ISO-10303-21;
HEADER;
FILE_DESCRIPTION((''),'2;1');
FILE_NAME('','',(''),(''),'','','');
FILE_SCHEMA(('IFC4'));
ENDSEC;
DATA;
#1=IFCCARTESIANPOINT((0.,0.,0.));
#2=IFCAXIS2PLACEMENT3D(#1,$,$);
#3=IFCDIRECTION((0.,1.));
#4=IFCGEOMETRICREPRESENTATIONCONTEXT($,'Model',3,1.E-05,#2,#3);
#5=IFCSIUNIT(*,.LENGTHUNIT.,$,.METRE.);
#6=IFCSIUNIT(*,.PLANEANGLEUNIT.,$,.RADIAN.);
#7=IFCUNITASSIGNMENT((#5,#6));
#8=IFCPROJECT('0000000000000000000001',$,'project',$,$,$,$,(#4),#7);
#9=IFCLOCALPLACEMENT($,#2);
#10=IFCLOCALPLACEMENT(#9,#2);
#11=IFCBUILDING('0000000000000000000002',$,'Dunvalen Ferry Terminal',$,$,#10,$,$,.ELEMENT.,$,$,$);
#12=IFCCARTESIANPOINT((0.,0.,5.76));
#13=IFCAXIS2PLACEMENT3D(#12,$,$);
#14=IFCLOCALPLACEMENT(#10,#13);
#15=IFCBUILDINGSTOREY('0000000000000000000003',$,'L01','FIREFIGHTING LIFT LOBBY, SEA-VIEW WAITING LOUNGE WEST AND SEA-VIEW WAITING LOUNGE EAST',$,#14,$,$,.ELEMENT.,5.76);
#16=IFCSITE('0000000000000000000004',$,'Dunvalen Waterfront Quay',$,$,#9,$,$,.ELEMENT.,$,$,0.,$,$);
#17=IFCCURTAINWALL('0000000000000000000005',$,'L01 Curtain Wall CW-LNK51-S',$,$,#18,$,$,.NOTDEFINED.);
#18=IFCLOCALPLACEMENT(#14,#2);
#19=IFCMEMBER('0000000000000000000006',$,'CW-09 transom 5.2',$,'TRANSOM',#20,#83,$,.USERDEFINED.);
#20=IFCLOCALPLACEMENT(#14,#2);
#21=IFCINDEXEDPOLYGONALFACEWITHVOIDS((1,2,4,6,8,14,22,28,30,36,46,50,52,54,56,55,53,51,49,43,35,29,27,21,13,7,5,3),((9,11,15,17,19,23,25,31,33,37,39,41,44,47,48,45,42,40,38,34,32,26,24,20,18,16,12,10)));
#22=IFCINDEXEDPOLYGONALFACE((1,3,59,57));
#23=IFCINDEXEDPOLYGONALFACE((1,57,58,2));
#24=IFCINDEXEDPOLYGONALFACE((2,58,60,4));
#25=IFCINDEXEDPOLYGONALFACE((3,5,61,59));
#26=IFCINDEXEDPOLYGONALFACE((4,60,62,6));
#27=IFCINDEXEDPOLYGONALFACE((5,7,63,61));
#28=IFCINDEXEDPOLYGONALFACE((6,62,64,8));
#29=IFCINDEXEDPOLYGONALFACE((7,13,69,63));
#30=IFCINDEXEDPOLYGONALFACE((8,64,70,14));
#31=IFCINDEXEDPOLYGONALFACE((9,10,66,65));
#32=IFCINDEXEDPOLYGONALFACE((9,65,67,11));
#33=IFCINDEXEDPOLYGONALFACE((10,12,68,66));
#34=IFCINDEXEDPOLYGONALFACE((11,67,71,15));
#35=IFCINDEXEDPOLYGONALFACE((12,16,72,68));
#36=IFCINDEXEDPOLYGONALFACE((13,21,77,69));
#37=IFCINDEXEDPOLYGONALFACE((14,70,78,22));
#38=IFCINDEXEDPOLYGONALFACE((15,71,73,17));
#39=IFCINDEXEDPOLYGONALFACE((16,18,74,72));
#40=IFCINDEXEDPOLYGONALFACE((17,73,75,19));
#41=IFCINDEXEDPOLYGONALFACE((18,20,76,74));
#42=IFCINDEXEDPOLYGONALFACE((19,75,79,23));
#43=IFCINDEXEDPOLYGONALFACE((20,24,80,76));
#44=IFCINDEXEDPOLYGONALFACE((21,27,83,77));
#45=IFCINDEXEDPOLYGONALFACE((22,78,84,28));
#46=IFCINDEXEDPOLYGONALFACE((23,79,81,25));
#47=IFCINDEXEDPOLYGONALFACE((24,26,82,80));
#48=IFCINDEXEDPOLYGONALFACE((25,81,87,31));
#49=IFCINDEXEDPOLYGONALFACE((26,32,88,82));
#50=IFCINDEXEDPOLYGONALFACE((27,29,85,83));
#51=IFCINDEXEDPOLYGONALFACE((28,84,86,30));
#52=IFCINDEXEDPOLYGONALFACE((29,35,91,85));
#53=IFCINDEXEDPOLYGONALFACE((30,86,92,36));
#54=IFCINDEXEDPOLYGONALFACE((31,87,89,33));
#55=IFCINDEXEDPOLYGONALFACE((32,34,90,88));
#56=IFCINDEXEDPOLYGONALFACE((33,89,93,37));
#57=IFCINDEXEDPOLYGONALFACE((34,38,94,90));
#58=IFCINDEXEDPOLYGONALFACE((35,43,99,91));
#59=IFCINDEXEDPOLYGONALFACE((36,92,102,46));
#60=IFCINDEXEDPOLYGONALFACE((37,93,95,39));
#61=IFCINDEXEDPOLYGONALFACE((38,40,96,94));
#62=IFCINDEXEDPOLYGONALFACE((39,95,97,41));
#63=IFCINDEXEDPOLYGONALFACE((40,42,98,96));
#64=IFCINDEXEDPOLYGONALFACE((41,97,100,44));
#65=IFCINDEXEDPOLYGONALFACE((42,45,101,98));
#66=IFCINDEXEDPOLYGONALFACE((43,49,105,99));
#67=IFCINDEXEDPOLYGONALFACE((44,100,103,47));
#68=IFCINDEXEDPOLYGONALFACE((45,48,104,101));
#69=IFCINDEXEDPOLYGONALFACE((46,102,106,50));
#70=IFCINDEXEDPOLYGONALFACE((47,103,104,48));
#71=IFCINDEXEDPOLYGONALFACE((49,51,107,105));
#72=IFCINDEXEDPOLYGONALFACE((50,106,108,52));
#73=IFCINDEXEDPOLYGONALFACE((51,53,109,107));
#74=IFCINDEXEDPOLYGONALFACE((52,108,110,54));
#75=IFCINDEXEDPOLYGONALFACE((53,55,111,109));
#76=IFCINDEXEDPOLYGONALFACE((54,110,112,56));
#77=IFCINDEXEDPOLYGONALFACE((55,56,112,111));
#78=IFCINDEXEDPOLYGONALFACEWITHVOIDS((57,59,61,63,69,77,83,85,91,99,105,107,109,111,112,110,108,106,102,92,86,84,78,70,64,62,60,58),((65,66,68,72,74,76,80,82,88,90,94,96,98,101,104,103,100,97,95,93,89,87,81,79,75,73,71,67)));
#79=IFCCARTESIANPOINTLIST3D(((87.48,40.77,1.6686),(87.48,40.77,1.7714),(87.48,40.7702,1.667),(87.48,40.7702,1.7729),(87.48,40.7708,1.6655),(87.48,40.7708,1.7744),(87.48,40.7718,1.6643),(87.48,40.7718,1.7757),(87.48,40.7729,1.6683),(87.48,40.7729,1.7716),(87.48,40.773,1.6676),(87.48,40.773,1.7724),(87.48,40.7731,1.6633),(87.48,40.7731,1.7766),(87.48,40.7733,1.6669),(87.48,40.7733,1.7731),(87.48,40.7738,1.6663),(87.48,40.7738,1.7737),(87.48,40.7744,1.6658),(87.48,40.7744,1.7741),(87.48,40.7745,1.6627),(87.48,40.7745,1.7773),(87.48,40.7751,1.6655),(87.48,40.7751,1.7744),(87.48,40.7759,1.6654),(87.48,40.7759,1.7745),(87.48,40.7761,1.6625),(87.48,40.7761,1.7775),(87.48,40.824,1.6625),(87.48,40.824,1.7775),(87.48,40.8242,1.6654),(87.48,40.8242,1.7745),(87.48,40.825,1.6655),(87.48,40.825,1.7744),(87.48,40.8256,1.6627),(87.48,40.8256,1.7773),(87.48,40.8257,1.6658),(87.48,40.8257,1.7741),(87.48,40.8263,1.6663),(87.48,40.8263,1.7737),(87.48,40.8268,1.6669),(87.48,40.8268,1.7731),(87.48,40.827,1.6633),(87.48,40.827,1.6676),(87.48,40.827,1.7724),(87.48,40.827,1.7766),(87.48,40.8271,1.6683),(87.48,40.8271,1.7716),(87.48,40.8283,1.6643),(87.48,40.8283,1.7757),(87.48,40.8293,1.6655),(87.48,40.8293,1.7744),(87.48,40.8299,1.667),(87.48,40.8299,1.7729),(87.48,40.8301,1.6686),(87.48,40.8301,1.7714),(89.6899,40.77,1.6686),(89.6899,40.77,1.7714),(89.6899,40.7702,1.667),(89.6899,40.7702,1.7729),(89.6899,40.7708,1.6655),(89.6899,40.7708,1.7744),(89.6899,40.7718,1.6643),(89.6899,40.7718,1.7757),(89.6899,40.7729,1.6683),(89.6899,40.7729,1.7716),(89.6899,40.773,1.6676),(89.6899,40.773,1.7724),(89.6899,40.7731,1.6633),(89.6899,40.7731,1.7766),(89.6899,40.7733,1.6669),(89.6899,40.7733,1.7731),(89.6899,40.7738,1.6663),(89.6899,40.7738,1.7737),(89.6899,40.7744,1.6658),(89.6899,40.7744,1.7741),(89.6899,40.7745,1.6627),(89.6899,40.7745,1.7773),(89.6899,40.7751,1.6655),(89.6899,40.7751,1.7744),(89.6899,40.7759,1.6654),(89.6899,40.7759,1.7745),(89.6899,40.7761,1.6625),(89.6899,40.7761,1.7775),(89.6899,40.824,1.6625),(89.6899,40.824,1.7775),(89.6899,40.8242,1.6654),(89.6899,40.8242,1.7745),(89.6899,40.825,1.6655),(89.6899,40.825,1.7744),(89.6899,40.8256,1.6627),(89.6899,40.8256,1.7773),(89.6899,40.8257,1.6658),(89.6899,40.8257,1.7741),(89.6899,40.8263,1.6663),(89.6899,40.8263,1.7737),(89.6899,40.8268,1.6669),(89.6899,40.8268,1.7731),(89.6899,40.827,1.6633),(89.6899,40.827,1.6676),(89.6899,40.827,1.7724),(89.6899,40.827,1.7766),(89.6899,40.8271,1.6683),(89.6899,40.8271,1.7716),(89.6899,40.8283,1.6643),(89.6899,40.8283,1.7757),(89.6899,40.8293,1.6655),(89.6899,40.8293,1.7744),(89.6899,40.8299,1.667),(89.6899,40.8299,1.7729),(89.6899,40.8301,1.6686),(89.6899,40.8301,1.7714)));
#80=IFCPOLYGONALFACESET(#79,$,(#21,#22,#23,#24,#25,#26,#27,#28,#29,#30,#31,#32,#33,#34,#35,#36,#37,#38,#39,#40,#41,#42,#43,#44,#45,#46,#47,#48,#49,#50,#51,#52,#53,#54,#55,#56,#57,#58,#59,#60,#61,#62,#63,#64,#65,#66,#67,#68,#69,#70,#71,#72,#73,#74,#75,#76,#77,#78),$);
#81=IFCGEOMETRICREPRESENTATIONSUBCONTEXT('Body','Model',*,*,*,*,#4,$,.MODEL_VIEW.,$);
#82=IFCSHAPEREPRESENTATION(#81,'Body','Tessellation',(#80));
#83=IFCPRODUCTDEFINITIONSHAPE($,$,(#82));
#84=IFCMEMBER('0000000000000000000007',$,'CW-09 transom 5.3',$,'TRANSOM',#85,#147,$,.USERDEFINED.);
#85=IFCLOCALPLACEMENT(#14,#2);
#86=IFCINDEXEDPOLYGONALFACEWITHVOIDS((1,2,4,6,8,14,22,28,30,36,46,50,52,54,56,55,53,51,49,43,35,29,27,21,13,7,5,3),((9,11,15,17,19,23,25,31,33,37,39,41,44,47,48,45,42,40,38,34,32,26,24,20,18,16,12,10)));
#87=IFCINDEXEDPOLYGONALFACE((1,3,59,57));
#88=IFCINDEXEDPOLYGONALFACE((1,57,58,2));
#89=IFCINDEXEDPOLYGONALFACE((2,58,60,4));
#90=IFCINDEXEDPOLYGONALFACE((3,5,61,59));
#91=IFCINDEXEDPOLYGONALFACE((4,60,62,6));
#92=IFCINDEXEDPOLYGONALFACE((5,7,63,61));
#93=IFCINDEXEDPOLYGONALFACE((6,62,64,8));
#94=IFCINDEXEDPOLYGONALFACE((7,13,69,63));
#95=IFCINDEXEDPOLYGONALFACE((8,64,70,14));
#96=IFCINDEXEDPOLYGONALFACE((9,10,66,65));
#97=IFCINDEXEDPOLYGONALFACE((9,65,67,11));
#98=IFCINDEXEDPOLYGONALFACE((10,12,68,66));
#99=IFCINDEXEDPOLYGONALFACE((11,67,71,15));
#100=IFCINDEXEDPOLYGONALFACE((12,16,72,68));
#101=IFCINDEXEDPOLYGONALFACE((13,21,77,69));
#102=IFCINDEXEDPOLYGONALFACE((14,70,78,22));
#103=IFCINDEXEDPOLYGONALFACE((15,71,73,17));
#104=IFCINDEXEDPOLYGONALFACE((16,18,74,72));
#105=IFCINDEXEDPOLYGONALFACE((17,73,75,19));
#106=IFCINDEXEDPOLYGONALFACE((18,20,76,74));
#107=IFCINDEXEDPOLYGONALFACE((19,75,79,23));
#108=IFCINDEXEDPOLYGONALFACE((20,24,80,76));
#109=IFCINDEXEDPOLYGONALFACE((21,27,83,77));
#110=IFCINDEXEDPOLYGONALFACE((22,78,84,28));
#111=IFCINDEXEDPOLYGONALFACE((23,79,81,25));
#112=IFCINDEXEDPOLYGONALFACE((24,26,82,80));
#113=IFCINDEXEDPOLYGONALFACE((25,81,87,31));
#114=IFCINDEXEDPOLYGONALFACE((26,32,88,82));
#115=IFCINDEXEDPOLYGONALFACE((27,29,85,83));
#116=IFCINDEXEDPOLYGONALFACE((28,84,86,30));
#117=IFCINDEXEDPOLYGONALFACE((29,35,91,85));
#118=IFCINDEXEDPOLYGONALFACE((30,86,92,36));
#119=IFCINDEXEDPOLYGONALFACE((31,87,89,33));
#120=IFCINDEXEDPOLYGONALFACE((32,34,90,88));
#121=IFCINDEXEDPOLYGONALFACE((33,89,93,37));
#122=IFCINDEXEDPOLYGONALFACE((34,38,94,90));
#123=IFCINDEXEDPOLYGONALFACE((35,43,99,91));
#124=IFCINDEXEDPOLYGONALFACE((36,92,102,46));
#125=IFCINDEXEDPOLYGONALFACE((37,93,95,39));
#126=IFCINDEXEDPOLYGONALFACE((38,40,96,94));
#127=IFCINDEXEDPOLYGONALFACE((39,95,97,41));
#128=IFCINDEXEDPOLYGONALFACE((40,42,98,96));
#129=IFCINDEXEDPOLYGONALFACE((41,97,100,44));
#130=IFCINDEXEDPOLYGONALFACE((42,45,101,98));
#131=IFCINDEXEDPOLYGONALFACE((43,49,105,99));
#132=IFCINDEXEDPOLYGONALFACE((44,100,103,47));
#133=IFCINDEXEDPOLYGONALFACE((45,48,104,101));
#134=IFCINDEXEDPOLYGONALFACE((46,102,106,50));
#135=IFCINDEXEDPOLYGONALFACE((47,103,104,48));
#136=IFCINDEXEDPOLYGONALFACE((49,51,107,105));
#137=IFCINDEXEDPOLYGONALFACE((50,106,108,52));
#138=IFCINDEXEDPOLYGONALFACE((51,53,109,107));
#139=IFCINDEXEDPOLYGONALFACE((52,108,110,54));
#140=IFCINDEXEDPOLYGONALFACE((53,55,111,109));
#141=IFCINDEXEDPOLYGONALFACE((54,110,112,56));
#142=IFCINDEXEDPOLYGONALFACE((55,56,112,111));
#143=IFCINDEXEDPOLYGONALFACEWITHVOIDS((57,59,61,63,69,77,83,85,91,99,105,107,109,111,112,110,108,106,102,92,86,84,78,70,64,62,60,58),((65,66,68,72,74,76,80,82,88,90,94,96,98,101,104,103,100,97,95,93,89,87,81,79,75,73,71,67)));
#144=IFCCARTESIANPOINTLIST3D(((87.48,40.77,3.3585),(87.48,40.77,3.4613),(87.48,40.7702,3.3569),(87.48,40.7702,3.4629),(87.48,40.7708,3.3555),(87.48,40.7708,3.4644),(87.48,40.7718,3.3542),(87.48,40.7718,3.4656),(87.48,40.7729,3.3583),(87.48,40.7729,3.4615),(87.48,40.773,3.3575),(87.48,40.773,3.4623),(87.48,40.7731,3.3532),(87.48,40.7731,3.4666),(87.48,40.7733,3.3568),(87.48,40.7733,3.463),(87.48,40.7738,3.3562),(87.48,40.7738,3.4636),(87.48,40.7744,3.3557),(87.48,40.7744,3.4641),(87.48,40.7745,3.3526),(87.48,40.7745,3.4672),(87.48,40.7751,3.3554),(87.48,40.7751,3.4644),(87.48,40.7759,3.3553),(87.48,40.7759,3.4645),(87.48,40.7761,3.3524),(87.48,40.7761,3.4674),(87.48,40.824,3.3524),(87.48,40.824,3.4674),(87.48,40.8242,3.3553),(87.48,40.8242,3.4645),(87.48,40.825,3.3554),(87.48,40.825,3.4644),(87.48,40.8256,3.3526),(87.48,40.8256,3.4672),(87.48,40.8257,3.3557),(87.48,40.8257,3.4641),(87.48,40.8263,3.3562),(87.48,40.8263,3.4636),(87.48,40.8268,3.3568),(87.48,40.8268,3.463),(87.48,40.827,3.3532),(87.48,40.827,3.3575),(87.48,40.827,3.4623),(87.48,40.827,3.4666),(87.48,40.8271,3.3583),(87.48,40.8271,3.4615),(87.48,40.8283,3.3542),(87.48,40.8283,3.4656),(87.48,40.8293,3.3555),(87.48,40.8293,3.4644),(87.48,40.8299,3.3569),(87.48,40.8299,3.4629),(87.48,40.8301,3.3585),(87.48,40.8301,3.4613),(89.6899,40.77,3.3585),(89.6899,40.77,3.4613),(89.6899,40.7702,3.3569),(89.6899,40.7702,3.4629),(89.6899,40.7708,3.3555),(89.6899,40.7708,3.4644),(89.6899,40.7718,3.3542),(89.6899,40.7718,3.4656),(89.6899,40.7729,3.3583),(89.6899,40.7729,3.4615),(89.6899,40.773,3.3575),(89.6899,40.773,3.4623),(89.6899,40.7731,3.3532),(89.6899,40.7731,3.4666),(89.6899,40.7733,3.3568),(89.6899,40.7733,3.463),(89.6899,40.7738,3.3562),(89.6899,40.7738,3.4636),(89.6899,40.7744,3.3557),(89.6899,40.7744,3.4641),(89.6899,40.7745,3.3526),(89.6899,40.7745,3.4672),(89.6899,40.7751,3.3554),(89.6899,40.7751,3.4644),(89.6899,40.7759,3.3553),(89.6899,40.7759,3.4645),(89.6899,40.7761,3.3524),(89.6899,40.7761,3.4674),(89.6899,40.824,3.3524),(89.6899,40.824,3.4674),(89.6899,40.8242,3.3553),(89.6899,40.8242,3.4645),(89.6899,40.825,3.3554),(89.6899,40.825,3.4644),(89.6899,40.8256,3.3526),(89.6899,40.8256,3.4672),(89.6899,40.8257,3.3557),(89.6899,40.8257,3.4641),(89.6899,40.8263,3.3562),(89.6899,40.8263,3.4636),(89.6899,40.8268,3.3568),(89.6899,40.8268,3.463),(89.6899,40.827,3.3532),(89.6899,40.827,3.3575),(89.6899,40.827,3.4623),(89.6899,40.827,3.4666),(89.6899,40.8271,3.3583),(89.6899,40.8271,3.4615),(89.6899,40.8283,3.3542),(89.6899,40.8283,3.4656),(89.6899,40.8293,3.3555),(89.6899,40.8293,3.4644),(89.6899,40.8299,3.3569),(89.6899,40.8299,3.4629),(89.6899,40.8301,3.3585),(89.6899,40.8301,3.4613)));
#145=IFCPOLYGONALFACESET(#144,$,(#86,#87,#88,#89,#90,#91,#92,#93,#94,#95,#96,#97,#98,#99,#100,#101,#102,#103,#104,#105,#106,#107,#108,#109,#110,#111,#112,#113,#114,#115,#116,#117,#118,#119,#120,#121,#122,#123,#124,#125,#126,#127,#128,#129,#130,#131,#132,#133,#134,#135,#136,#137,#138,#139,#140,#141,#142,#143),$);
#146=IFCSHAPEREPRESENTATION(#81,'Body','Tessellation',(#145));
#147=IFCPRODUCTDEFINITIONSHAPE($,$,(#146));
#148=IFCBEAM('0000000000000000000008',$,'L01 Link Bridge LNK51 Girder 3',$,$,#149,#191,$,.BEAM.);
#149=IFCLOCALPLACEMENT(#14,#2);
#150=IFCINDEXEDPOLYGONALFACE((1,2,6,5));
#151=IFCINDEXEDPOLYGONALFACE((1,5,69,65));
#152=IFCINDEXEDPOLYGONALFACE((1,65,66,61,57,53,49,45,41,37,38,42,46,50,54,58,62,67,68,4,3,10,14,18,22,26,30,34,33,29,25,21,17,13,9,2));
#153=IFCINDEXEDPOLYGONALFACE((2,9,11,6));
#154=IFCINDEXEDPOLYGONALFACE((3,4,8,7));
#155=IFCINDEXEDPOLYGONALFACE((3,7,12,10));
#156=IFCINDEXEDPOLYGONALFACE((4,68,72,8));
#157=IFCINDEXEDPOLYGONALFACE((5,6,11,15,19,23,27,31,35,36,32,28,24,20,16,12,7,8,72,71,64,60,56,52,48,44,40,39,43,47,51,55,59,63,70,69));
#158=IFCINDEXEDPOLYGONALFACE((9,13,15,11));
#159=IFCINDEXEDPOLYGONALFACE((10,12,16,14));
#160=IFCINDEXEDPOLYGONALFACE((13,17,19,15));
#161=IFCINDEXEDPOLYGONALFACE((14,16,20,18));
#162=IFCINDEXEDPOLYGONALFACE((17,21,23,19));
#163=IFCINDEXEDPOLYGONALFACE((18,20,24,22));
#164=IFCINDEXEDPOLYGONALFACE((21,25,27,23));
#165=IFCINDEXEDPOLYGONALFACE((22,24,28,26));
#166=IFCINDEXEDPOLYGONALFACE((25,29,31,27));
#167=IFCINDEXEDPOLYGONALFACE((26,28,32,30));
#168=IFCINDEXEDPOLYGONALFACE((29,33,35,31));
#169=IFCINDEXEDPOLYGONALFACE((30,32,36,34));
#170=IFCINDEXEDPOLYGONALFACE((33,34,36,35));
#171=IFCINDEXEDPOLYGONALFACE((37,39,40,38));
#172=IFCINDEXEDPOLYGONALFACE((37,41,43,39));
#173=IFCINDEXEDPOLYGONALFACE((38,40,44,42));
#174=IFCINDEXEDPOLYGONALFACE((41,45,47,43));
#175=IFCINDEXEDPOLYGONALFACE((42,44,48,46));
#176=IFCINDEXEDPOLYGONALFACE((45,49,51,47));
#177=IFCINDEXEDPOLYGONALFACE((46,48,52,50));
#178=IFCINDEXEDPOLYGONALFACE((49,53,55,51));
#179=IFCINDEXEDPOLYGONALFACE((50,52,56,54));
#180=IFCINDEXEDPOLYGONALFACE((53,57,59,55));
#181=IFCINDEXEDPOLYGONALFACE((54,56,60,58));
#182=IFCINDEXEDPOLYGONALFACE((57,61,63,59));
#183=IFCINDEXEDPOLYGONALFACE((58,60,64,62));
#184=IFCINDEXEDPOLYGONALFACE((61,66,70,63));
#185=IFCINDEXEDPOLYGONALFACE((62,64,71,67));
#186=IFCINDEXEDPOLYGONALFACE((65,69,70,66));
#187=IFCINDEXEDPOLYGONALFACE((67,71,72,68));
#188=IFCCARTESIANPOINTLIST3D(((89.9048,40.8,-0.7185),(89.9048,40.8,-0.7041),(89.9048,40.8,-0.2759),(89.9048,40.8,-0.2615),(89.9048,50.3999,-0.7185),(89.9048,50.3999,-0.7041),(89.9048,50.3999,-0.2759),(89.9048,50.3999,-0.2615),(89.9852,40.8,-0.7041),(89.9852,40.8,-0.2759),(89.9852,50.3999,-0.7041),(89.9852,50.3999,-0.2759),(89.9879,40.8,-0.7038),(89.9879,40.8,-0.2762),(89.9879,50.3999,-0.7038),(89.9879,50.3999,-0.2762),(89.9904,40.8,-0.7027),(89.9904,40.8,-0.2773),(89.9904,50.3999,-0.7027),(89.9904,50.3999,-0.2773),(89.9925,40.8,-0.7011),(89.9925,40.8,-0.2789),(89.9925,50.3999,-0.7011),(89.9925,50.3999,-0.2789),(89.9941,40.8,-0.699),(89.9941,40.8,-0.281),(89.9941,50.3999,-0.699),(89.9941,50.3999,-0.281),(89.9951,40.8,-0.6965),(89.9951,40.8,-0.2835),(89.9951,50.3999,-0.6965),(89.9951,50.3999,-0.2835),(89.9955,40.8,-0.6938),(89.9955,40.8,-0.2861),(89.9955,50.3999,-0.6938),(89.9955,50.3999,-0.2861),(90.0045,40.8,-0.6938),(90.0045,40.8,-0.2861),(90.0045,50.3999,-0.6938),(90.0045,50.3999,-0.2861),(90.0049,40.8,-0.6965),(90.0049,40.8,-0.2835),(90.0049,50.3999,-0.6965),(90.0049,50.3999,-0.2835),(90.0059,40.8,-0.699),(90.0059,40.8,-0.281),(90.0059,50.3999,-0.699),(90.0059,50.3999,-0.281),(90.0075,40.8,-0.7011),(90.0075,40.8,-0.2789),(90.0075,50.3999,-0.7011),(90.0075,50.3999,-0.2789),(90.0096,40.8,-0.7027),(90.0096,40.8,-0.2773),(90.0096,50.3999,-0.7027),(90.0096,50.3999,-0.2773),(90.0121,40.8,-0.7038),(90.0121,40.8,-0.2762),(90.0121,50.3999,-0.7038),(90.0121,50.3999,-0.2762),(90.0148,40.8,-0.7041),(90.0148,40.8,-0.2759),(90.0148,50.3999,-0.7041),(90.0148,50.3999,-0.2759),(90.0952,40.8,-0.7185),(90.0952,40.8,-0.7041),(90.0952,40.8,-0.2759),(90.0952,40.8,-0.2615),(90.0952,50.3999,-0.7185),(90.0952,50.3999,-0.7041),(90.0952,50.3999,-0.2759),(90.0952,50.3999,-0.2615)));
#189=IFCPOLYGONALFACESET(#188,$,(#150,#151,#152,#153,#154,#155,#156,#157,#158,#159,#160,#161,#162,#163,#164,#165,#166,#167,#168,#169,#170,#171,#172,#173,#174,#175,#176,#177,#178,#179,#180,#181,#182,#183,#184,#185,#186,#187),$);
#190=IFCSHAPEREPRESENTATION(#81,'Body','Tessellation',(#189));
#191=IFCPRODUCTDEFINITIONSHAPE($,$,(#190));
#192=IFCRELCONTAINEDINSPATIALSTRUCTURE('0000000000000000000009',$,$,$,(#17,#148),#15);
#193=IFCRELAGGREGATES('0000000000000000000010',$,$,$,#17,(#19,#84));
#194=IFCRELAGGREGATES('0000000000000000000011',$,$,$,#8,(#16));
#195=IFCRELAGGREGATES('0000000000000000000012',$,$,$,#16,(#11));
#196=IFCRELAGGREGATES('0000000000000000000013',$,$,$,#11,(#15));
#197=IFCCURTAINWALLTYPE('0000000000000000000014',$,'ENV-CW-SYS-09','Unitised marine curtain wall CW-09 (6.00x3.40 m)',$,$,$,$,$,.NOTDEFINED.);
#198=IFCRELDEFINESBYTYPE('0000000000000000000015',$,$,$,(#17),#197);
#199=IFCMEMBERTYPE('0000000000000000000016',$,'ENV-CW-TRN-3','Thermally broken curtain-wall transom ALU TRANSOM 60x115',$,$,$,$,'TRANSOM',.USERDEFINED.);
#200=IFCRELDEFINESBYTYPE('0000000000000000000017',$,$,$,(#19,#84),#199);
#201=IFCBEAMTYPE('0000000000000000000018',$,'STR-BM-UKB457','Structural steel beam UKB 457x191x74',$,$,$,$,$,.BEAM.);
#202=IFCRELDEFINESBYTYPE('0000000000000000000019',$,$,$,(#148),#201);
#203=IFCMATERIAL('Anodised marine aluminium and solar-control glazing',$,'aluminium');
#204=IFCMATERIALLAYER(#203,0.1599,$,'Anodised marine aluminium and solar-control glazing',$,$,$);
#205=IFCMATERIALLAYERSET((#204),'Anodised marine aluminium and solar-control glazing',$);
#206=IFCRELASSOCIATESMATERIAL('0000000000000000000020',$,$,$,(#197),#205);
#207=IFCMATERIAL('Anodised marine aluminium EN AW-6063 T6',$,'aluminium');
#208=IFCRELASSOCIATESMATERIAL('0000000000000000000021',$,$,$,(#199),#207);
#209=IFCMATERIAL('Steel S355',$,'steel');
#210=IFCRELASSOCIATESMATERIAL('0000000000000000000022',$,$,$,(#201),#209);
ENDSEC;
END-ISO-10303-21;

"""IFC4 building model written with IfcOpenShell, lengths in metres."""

from ifc_helpers import new_model, si_unit, direction, frame, origin, origin_2d, place, context, subcontext, project, spatial, hollow_rectangle, i_section, extrude, material, layer, layer_set, material_profile, profile_set, type_object, element, aggregate, save


model = new_model("IFC4")

# Units and contexts
model_context = context("Model", 3, precision=1e-05, world=origin(), true_north=direction((0.0, 1.0)))
body_context = subcontext(model_context, "Body", "Model", "MODEL_VIEW")
ifc_project = project(units=[si_unit("LENGTHUNIT", "METRE"), si_unit("PLANEANGLEUNIT", "RADIAN")], contexts=[model_context])

# Site, building, storey
site_placement = place(None, origin())
site = spatial("IfcSite", under=ifc_project, at=site_placement, Name="Dunvalen Waterfront Quay", CompositionType="ELEMENT", RefElevation=0.0)
building_placement = place(site_placement, origin())
building = spatial("IfcBuilding", under=site, at=building_placement, Name="Dunvalen Ferry Terminal", CompositionType="ELEMENT")
storey_placement = place(building_placement, frame((0.0, 0.0, 5.76)))
storey = spatial("IfcBuildingStorey", under=building, at=storey_placement, Name="L01", Description="FIREFIGHTING LIFT LOBBY, SEA-VIEW WAITING LOUNGE WEST AND SEA-VIEW WAITING LOUNGE EAST", CompositionType="ELEMENT", Elevation=5.76)

# Shared definitions
ifc_material_1 = material(Name="Anodised marine aluminium and solar-control glazing", Category="aluminium")
ifc_material_2 = material(Name="Anodised marine aluminium EN AW-6063 T6", Category="aluminium")

# Curtain wall
ifc_layer_1 = layer(ifc_material_1, 0.1599, Name="Anodised marine aluminium and solar-control glazing")
ifc_layer_set_1 = layer_set([ifc_layer_1], Name="Anodised marine aluminium and solar-control glazing")
curtain_wall_type_1 = type_object("IfcCurtainWallType", Name="ENV-CW-SYS-09", Description="Unitised marine curtain wall CW-09 (6.00x3.40 m)", PredefinedType="NOTDEFINED", material=ifc_layer_set_1)
curtain_wall_1_placement = place(storey_placement, origin())
curtain_wall_1 = element("IfcCurtainWall", 1, at=curtain_wall_1_placement, inside=storey, type_object=curtain_wall_type_1, Name="L01 Curtain Wall CW-LNK51-S", PredefinedType="NOTDEFINED")

# Members
ifc_material_profile_1 = material_profile(ifc_material_2, hollow_rectangle(XDim=0.0601, YDim=0.115, WallThickness=0.0029, InnerFilletRadius=0.0029, OuterFilletRadius=0.0061, at=origin_2d()), Name="Anodised marine aluminium EN AW-6063 T6")
ifc_profile_set_1 = profile_set([ifc_material_profile_1], Name="Anodised marine aluminium EN AW-6063 T6")
member_type_1 = type_object("IfcMemberType", Name="ENV-CW-TRN-3", Description="Thermally broken curtain-wall transom ALU TRANSOM 60x115", ElementType="TRANSOM", PredefinedType="USERDEFINED", material=ifc_profile_set_1)
member_1_placement = place(storey_placement, frame((87.48, 40.8, 1.72), z_axis=(1.0, 0.0, 0.0), x_axis=(0.0, 1.0, 0.0)))
member_1 = element("IfcMember", 2, at=member_1_placement, type_object=member_type_1, Name="CW-09 transom 5.2", ObjectType="TRANSOM", PredefinedType="USERDEFINED", context=body_context, shape_type="SweptSolid", body=[
    extrude(hollow_rectangle(XDim=0.0601, YDim=0.115, WallThickness=0.0029, InnerFilletRadius=0.0029, OuterFilletRadius=0.0061, at=origin_2d()), origin(), (0.0, 0.0, 1.0), 2.21),
])
member_2_placement = place(storey_placement, frame((87.48, 40.8, 3.4099), z_axis=(1.0, 0.0, 0.0), x_axis=(0.0, 1.0, 0.0)))
member_2 = element("IfcMember", 3, at=member_2_placement, type_object=member_type_1, Name="CW-09 transom 5.3", ObjectType="TRANSOM", PredefinedType="USERDEFINED", context=body_context, shape_type="SweptSolid", body=[
    extrude(hollow_rectangle(XDim=0.0601, YDim=0.115, WallThickness=0.0029, InnerFilletRadius=0.0029, OuterFilletRadius=0.0061, at=origin_2d()), origin(), (0.0, 0.0, 1.0), 2.21),
])

# Beam
ifc_material_3 = material(Name="Steel S355", Category="steel")
ifc_material_profile_2 = material_profile(ifc_material_3, i_section(OverallWidth=0.1904, OverallDepth=0.457, WebThickness=0.009, FlangeThickness=0.0144, FilletRadius=0.0103, at=origin_2d()), Name="Steel S355")
ifc_profile_set_2 = profile_set([ifc_material_profile_2], Name="Steel S355")
beam_type = type_object("IfcBeamType", Name="STR-BM-UKB457", Description="Structural steel beam UKB 457x191x74", PredefinedType="BEAM", material=ifc_profile_set_2)
beam_placement = place(storey_placement, frame((90.0, 40.8, -0.49), z_axis=(0.0, 1.0, 0.0), x_axis=(-1.0, 0.0, 0.0)))
element("IfcBeam", 4, at=beam_placement, inside=storey, type_object=beam_type, Name="L01 Link Bridge LNK51 Girder 3", PredefinedType="BEAM", context=body_context, shape_type="SweptSolid", body=[
    extrude(i_section(OverallWidth=0.1904, OverallDepth=0.457, WebThickness=0.009, FlangeThickness=0.0144, FilletRadius=0.0103, at=origin_2d()), origin(), (0.0, 0.0, 1.0), 9.5999),
])

aggregate(curtain_wall_1, [member_1, member_2])

save(model, "model.ifc")
